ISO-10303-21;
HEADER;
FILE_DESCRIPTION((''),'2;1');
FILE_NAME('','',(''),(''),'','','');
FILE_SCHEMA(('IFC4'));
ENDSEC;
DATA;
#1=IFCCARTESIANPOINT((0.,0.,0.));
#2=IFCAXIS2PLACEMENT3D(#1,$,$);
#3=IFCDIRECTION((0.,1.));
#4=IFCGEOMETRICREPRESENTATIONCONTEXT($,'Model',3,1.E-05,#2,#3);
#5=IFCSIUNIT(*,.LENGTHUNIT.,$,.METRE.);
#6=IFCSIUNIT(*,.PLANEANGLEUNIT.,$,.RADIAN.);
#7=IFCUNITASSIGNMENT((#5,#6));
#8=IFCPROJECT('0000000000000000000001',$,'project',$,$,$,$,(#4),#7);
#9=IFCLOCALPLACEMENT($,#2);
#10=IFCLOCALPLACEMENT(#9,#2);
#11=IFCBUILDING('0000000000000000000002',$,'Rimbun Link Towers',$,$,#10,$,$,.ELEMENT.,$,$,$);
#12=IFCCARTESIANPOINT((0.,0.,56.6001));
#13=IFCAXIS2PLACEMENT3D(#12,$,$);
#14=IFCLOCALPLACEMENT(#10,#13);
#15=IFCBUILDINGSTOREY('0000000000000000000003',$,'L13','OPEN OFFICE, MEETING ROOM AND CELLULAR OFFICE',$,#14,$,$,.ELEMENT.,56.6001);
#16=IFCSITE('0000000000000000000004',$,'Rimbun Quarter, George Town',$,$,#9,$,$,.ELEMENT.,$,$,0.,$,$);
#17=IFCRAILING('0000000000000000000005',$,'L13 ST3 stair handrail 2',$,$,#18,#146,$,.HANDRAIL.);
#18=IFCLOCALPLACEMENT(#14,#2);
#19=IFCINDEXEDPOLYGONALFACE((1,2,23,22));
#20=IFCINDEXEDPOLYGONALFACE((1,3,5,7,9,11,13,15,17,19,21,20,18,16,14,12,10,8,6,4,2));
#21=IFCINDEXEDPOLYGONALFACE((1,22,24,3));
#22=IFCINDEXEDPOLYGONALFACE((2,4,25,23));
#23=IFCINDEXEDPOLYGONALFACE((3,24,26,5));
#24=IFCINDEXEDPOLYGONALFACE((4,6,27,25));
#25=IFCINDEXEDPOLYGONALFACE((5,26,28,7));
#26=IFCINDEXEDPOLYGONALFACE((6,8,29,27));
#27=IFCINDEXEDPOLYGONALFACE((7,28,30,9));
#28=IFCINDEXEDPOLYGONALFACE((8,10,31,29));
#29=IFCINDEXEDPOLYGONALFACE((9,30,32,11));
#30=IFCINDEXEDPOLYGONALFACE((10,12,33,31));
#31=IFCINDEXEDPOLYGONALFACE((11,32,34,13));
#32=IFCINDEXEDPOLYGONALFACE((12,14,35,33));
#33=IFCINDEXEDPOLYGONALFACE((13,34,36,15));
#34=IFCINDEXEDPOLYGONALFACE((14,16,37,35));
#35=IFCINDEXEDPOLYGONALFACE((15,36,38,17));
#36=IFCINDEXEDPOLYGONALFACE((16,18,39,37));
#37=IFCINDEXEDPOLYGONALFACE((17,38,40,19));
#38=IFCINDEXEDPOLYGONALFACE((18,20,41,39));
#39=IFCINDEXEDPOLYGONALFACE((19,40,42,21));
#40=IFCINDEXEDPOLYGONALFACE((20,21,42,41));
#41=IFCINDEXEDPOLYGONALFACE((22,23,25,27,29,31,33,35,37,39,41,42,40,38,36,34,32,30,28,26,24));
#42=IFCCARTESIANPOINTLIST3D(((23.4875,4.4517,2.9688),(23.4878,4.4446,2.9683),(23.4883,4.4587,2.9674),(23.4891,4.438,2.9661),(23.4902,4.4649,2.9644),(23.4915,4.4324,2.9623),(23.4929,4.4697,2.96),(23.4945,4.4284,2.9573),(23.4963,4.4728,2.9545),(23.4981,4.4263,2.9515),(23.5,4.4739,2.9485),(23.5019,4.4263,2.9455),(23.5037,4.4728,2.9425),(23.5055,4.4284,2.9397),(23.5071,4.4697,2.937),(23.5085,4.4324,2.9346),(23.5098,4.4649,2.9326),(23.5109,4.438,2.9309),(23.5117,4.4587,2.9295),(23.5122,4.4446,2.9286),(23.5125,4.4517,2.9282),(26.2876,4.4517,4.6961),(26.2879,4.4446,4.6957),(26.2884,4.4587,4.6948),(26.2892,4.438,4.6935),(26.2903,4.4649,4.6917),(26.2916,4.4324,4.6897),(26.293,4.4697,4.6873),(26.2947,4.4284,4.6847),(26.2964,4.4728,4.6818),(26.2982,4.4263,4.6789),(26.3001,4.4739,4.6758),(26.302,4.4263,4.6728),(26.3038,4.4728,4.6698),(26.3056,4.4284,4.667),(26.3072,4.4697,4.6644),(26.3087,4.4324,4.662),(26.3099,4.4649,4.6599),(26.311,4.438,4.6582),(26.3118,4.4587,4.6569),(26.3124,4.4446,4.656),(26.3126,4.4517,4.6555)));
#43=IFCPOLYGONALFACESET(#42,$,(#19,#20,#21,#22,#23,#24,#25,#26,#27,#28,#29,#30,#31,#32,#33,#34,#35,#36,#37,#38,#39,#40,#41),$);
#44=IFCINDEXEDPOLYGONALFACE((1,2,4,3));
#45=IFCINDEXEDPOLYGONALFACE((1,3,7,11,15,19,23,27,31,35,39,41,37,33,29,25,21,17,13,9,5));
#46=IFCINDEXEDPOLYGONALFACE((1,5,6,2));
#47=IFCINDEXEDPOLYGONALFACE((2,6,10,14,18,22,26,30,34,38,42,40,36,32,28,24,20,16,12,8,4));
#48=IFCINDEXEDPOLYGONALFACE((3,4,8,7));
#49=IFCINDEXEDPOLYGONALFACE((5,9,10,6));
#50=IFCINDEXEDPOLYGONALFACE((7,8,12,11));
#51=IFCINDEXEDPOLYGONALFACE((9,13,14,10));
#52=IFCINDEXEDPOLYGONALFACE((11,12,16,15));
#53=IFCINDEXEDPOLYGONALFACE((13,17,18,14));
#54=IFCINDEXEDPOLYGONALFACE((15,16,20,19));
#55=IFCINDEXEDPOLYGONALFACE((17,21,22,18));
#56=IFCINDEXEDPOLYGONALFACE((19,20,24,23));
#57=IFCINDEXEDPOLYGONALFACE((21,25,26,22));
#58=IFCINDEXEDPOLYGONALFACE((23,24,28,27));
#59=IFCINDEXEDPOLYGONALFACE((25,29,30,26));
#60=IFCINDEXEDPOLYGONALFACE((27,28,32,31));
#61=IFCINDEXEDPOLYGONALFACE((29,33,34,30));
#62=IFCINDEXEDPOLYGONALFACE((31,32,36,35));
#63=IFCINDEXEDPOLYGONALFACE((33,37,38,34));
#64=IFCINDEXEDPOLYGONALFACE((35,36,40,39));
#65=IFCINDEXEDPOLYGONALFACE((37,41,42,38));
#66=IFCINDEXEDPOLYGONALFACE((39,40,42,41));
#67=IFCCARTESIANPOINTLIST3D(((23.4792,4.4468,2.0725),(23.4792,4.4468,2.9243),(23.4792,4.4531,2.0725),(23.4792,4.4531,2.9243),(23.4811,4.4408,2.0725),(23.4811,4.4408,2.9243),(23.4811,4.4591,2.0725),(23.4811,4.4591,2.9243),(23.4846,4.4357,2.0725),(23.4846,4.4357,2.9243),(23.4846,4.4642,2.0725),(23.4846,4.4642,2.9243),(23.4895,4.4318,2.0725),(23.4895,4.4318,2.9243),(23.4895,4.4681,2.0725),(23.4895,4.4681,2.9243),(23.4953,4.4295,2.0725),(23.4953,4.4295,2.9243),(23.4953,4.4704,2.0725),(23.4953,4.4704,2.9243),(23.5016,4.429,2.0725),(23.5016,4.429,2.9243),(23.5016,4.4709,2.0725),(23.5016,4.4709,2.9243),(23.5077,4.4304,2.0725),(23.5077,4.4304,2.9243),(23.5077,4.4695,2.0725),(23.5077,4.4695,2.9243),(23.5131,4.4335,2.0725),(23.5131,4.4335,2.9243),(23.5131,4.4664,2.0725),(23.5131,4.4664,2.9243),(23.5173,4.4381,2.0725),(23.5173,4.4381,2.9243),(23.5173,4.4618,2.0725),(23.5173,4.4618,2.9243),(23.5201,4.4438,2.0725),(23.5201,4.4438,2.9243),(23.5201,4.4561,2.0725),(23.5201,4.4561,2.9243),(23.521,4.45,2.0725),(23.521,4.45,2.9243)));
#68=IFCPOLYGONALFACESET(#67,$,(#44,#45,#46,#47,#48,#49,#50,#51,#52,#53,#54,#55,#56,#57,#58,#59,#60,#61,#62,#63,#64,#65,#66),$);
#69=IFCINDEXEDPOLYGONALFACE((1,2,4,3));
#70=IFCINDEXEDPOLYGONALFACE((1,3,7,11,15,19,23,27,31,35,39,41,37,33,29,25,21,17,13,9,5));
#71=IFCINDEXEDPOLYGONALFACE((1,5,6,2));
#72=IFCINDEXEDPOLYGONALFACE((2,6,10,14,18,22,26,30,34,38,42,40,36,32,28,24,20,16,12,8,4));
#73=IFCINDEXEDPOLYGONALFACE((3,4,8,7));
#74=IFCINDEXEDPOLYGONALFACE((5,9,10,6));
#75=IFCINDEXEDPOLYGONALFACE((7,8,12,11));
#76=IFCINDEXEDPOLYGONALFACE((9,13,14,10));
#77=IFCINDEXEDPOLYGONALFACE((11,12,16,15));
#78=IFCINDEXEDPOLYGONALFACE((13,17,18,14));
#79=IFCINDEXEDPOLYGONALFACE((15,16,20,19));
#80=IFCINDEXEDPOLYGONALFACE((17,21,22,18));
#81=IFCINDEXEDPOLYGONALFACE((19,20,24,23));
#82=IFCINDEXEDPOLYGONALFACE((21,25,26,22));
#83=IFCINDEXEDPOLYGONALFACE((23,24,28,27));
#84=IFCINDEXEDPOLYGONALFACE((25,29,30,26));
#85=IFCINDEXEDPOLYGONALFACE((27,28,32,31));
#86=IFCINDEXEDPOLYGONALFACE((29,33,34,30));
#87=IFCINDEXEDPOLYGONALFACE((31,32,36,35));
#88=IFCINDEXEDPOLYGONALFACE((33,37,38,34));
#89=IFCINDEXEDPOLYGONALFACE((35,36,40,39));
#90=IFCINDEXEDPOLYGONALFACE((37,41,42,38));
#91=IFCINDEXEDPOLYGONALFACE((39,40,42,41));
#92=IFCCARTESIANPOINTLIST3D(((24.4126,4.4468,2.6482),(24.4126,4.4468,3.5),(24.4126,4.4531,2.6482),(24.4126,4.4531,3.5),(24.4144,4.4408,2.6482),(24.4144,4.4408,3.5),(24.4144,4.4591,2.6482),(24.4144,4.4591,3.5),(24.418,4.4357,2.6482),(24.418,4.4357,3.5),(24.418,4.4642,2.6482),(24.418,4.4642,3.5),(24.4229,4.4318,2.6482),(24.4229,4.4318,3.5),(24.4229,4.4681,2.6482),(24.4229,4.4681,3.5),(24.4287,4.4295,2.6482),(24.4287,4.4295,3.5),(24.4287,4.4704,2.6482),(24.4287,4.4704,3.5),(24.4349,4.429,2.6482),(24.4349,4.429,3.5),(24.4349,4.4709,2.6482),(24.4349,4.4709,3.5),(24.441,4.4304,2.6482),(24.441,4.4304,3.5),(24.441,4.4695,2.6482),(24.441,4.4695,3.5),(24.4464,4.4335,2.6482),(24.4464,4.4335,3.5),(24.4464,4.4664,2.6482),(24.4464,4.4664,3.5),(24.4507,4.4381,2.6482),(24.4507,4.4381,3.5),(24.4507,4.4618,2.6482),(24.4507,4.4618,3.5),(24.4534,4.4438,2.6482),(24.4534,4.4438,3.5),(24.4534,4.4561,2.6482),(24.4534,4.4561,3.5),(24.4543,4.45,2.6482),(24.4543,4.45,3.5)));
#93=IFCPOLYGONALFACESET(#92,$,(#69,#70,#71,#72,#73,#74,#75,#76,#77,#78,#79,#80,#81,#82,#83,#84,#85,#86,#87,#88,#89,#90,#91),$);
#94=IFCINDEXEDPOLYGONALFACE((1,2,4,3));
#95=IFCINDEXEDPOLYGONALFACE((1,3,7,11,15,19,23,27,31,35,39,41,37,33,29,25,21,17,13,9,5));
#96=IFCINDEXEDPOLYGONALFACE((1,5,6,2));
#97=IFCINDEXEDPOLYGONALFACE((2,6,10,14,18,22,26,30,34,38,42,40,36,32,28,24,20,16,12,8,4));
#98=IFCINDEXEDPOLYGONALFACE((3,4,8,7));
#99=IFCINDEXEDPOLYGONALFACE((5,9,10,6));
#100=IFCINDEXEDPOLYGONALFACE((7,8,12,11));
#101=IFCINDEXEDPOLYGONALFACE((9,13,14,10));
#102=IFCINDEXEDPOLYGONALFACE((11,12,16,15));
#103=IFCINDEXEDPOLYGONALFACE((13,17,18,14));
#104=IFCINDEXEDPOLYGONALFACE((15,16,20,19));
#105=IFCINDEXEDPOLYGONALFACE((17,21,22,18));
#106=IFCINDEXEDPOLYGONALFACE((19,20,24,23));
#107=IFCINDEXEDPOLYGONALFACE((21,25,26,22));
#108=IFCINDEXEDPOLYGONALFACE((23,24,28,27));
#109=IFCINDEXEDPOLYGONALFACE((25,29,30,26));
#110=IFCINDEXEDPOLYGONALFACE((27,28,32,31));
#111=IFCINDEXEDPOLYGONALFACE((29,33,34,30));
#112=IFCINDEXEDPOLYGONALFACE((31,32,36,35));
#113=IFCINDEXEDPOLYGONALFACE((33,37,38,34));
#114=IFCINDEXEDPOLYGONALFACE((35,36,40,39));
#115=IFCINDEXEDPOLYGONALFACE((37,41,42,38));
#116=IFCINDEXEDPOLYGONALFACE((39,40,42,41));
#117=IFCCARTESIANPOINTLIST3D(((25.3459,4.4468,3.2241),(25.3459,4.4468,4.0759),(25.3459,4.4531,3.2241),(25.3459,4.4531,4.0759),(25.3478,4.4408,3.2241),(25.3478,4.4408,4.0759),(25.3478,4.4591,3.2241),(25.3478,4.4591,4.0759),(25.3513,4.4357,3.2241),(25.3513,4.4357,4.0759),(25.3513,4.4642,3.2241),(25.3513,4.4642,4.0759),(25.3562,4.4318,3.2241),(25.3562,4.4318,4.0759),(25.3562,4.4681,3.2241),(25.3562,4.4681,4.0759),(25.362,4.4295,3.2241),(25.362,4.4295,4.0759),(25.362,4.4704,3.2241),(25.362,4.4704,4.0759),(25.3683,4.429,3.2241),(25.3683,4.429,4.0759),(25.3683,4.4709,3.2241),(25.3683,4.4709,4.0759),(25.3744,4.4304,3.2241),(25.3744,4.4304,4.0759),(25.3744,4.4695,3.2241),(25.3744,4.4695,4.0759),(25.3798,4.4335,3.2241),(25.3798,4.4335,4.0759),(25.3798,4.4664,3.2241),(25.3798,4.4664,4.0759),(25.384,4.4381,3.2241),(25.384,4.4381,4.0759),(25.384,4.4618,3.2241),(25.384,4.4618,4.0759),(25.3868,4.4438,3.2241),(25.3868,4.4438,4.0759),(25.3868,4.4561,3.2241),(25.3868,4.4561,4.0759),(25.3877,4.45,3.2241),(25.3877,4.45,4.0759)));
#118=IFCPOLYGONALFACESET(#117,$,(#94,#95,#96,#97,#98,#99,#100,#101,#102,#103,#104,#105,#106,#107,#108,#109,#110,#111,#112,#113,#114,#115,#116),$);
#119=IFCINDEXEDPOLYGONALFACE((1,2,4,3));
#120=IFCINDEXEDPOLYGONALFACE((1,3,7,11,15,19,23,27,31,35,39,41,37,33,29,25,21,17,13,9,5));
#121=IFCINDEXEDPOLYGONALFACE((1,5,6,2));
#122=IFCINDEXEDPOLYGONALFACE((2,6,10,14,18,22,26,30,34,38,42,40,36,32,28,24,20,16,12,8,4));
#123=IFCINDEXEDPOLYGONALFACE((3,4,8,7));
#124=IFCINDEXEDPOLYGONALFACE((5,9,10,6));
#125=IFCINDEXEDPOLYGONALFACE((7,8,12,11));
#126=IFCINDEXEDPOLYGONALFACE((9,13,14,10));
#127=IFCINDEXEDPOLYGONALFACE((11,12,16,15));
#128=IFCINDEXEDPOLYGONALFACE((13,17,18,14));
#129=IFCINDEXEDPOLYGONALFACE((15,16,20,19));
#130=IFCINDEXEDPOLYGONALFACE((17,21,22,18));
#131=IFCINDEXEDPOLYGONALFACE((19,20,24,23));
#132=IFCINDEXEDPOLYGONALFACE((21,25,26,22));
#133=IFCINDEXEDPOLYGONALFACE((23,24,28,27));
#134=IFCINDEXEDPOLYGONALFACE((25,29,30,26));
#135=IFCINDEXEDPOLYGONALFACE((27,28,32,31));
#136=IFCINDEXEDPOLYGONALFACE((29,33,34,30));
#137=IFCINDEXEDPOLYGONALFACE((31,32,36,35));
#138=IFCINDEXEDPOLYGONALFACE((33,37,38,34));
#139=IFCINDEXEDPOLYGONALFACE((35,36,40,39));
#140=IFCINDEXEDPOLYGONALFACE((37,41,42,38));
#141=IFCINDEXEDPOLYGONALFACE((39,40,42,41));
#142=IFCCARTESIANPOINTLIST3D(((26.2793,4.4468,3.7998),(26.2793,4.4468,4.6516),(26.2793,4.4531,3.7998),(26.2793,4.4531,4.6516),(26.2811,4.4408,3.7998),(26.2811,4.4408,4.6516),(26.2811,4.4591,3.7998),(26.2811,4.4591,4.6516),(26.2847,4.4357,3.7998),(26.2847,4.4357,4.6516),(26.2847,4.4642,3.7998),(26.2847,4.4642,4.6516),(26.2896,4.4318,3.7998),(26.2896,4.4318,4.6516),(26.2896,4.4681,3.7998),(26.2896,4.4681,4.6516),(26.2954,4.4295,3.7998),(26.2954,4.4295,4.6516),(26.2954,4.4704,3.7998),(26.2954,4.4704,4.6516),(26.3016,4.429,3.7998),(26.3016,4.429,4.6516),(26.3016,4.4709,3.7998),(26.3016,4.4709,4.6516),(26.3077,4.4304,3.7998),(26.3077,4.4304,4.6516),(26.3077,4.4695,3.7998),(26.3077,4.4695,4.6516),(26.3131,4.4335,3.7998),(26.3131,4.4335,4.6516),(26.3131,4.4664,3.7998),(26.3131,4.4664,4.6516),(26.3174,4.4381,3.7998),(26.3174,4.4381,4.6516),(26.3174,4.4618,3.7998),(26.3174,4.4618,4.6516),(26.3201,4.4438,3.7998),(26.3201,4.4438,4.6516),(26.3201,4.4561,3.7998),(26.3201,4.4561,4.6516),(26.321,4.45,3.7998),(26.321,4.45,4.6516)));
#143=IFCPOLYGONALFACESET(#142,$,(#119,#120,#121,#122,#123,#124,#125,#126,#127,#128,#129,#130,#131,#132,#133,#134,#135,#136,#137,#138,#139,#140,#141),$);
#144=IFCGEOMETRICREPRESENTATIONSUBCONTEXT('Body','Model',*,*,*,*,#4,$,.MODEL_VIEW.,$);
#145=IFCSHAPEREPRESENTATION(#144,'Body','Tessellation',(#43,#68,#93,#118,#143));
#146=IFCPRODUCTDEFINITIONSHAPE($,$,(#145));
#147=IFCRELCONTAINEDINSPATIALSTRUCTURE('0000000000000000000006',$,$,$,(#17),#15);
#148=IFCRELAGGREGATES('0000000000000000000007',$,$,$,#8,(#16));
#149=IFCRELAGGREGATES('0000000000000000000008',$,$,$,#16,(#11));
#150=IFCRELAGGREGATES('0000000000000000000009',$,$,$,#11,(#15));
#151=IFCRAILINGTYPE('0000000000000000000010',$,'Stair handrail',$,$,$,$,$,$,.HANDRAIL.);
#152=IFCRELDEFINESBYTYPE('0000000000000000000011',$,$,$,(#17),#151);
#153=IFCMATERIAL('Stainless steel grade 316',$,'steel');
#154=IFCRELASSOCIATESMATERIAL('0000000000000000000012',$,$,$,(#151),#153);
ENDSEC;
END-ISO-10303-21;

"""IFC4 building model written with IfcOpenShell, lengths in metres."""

from ifc_helpers import new_model, si_unit, direction, frame, origin, origin_2d, place, context, subcontext, project, spatial, circle, extrude, material, type_object, element, save


model = new_model("IFC4")

# Units and contexts
model_context = context("Model", 3, precision=1e-05, world=origin(), true_north=direction((0.0, 1.0)))
body_context = subcontext(model_context, "Body", "Model", "MODEL_VIEW")
ifc_project = project(units=[si_unit("LENGTHUNIT", "METRE"), si_unit("PLANEANGLEUNIT", "RADIAN")], contexts=[model_context])

# Site, building, storey
site_placement = place(None, origin())
site = spatial("IfcSite", under=ifc_project, at=site_placement, Name="Rimbun Quarter, George Town", CompositionType="ELEMENT", RefElevation=0.0)
building_placement = place(site_placement, origin())
building = spatial("IfcBuilding", under=site, at=building_placement, Name="Rimbun Link Towers", CompositionType="ELEMENT")
storey_placement = place(building_placement, frame((0.0, 0.0, 56.6001)))
storey = spatial("IfcBuildingStorey", under=building, at=storey_placement, Name="L13", Description="OPEN OFFICE, MEETING ROOM AND CELLULAR OFFICE", CompositionType="ELEMENT", Elevation=56.6001)

# Railing
ifc_material_1 = material(Name="Stainless steel grade 316", Category="steel")
railing_type_1 = type_object("IfcRailingType", Name="Stair handrail", PredefinedType="HANDRAIL", material=ifc_material_1)
railing_1_placement = place(storey_placement, frame((23.5, 4.45, 2.0725)))
element("IfcRailing", 1, at=railing_1_placement, inside=storey, type_object=railing_type_1, Name="L13 ST3 stair handrail 2", PredefinedType="HANDRAIL", context=body_context, shape_type="SweptSolid", body=[
    extrude(circle(Radius=0.0239, at=origin_2d()), frame((0.0, 0.0, 0.876), z_axis=(0.85109, 0.0, 0.52502), x_axis=(0.0, 1.0, 0.0)), (0.0, 0.0, 1.0), 3.29),
    extrude(circle(Radius=0.021, at=origin_2d()), origin(), (0.0, 0.0, 1.0), 0.8518),
    extrude(circle(Radius=0.021, at=origin_2d()), frame((0.9333, 0.0, 0.5757)), (0.0, 0.0, 1.0), 0.8518),
    extrude(circle(Radius=0.021, at=origin_2d()), frame((1.8667, 0.0, 1.1516)), (0.0, 0.0, 1.0), 0.8518),
    extrude(circle(Radius=0.021, at=origin_2d()), frame((2.8, 0.0, 1.7273)), (0.0, 0.0, 1.0), 0.8518),
])

save(model, "model.ifc")
